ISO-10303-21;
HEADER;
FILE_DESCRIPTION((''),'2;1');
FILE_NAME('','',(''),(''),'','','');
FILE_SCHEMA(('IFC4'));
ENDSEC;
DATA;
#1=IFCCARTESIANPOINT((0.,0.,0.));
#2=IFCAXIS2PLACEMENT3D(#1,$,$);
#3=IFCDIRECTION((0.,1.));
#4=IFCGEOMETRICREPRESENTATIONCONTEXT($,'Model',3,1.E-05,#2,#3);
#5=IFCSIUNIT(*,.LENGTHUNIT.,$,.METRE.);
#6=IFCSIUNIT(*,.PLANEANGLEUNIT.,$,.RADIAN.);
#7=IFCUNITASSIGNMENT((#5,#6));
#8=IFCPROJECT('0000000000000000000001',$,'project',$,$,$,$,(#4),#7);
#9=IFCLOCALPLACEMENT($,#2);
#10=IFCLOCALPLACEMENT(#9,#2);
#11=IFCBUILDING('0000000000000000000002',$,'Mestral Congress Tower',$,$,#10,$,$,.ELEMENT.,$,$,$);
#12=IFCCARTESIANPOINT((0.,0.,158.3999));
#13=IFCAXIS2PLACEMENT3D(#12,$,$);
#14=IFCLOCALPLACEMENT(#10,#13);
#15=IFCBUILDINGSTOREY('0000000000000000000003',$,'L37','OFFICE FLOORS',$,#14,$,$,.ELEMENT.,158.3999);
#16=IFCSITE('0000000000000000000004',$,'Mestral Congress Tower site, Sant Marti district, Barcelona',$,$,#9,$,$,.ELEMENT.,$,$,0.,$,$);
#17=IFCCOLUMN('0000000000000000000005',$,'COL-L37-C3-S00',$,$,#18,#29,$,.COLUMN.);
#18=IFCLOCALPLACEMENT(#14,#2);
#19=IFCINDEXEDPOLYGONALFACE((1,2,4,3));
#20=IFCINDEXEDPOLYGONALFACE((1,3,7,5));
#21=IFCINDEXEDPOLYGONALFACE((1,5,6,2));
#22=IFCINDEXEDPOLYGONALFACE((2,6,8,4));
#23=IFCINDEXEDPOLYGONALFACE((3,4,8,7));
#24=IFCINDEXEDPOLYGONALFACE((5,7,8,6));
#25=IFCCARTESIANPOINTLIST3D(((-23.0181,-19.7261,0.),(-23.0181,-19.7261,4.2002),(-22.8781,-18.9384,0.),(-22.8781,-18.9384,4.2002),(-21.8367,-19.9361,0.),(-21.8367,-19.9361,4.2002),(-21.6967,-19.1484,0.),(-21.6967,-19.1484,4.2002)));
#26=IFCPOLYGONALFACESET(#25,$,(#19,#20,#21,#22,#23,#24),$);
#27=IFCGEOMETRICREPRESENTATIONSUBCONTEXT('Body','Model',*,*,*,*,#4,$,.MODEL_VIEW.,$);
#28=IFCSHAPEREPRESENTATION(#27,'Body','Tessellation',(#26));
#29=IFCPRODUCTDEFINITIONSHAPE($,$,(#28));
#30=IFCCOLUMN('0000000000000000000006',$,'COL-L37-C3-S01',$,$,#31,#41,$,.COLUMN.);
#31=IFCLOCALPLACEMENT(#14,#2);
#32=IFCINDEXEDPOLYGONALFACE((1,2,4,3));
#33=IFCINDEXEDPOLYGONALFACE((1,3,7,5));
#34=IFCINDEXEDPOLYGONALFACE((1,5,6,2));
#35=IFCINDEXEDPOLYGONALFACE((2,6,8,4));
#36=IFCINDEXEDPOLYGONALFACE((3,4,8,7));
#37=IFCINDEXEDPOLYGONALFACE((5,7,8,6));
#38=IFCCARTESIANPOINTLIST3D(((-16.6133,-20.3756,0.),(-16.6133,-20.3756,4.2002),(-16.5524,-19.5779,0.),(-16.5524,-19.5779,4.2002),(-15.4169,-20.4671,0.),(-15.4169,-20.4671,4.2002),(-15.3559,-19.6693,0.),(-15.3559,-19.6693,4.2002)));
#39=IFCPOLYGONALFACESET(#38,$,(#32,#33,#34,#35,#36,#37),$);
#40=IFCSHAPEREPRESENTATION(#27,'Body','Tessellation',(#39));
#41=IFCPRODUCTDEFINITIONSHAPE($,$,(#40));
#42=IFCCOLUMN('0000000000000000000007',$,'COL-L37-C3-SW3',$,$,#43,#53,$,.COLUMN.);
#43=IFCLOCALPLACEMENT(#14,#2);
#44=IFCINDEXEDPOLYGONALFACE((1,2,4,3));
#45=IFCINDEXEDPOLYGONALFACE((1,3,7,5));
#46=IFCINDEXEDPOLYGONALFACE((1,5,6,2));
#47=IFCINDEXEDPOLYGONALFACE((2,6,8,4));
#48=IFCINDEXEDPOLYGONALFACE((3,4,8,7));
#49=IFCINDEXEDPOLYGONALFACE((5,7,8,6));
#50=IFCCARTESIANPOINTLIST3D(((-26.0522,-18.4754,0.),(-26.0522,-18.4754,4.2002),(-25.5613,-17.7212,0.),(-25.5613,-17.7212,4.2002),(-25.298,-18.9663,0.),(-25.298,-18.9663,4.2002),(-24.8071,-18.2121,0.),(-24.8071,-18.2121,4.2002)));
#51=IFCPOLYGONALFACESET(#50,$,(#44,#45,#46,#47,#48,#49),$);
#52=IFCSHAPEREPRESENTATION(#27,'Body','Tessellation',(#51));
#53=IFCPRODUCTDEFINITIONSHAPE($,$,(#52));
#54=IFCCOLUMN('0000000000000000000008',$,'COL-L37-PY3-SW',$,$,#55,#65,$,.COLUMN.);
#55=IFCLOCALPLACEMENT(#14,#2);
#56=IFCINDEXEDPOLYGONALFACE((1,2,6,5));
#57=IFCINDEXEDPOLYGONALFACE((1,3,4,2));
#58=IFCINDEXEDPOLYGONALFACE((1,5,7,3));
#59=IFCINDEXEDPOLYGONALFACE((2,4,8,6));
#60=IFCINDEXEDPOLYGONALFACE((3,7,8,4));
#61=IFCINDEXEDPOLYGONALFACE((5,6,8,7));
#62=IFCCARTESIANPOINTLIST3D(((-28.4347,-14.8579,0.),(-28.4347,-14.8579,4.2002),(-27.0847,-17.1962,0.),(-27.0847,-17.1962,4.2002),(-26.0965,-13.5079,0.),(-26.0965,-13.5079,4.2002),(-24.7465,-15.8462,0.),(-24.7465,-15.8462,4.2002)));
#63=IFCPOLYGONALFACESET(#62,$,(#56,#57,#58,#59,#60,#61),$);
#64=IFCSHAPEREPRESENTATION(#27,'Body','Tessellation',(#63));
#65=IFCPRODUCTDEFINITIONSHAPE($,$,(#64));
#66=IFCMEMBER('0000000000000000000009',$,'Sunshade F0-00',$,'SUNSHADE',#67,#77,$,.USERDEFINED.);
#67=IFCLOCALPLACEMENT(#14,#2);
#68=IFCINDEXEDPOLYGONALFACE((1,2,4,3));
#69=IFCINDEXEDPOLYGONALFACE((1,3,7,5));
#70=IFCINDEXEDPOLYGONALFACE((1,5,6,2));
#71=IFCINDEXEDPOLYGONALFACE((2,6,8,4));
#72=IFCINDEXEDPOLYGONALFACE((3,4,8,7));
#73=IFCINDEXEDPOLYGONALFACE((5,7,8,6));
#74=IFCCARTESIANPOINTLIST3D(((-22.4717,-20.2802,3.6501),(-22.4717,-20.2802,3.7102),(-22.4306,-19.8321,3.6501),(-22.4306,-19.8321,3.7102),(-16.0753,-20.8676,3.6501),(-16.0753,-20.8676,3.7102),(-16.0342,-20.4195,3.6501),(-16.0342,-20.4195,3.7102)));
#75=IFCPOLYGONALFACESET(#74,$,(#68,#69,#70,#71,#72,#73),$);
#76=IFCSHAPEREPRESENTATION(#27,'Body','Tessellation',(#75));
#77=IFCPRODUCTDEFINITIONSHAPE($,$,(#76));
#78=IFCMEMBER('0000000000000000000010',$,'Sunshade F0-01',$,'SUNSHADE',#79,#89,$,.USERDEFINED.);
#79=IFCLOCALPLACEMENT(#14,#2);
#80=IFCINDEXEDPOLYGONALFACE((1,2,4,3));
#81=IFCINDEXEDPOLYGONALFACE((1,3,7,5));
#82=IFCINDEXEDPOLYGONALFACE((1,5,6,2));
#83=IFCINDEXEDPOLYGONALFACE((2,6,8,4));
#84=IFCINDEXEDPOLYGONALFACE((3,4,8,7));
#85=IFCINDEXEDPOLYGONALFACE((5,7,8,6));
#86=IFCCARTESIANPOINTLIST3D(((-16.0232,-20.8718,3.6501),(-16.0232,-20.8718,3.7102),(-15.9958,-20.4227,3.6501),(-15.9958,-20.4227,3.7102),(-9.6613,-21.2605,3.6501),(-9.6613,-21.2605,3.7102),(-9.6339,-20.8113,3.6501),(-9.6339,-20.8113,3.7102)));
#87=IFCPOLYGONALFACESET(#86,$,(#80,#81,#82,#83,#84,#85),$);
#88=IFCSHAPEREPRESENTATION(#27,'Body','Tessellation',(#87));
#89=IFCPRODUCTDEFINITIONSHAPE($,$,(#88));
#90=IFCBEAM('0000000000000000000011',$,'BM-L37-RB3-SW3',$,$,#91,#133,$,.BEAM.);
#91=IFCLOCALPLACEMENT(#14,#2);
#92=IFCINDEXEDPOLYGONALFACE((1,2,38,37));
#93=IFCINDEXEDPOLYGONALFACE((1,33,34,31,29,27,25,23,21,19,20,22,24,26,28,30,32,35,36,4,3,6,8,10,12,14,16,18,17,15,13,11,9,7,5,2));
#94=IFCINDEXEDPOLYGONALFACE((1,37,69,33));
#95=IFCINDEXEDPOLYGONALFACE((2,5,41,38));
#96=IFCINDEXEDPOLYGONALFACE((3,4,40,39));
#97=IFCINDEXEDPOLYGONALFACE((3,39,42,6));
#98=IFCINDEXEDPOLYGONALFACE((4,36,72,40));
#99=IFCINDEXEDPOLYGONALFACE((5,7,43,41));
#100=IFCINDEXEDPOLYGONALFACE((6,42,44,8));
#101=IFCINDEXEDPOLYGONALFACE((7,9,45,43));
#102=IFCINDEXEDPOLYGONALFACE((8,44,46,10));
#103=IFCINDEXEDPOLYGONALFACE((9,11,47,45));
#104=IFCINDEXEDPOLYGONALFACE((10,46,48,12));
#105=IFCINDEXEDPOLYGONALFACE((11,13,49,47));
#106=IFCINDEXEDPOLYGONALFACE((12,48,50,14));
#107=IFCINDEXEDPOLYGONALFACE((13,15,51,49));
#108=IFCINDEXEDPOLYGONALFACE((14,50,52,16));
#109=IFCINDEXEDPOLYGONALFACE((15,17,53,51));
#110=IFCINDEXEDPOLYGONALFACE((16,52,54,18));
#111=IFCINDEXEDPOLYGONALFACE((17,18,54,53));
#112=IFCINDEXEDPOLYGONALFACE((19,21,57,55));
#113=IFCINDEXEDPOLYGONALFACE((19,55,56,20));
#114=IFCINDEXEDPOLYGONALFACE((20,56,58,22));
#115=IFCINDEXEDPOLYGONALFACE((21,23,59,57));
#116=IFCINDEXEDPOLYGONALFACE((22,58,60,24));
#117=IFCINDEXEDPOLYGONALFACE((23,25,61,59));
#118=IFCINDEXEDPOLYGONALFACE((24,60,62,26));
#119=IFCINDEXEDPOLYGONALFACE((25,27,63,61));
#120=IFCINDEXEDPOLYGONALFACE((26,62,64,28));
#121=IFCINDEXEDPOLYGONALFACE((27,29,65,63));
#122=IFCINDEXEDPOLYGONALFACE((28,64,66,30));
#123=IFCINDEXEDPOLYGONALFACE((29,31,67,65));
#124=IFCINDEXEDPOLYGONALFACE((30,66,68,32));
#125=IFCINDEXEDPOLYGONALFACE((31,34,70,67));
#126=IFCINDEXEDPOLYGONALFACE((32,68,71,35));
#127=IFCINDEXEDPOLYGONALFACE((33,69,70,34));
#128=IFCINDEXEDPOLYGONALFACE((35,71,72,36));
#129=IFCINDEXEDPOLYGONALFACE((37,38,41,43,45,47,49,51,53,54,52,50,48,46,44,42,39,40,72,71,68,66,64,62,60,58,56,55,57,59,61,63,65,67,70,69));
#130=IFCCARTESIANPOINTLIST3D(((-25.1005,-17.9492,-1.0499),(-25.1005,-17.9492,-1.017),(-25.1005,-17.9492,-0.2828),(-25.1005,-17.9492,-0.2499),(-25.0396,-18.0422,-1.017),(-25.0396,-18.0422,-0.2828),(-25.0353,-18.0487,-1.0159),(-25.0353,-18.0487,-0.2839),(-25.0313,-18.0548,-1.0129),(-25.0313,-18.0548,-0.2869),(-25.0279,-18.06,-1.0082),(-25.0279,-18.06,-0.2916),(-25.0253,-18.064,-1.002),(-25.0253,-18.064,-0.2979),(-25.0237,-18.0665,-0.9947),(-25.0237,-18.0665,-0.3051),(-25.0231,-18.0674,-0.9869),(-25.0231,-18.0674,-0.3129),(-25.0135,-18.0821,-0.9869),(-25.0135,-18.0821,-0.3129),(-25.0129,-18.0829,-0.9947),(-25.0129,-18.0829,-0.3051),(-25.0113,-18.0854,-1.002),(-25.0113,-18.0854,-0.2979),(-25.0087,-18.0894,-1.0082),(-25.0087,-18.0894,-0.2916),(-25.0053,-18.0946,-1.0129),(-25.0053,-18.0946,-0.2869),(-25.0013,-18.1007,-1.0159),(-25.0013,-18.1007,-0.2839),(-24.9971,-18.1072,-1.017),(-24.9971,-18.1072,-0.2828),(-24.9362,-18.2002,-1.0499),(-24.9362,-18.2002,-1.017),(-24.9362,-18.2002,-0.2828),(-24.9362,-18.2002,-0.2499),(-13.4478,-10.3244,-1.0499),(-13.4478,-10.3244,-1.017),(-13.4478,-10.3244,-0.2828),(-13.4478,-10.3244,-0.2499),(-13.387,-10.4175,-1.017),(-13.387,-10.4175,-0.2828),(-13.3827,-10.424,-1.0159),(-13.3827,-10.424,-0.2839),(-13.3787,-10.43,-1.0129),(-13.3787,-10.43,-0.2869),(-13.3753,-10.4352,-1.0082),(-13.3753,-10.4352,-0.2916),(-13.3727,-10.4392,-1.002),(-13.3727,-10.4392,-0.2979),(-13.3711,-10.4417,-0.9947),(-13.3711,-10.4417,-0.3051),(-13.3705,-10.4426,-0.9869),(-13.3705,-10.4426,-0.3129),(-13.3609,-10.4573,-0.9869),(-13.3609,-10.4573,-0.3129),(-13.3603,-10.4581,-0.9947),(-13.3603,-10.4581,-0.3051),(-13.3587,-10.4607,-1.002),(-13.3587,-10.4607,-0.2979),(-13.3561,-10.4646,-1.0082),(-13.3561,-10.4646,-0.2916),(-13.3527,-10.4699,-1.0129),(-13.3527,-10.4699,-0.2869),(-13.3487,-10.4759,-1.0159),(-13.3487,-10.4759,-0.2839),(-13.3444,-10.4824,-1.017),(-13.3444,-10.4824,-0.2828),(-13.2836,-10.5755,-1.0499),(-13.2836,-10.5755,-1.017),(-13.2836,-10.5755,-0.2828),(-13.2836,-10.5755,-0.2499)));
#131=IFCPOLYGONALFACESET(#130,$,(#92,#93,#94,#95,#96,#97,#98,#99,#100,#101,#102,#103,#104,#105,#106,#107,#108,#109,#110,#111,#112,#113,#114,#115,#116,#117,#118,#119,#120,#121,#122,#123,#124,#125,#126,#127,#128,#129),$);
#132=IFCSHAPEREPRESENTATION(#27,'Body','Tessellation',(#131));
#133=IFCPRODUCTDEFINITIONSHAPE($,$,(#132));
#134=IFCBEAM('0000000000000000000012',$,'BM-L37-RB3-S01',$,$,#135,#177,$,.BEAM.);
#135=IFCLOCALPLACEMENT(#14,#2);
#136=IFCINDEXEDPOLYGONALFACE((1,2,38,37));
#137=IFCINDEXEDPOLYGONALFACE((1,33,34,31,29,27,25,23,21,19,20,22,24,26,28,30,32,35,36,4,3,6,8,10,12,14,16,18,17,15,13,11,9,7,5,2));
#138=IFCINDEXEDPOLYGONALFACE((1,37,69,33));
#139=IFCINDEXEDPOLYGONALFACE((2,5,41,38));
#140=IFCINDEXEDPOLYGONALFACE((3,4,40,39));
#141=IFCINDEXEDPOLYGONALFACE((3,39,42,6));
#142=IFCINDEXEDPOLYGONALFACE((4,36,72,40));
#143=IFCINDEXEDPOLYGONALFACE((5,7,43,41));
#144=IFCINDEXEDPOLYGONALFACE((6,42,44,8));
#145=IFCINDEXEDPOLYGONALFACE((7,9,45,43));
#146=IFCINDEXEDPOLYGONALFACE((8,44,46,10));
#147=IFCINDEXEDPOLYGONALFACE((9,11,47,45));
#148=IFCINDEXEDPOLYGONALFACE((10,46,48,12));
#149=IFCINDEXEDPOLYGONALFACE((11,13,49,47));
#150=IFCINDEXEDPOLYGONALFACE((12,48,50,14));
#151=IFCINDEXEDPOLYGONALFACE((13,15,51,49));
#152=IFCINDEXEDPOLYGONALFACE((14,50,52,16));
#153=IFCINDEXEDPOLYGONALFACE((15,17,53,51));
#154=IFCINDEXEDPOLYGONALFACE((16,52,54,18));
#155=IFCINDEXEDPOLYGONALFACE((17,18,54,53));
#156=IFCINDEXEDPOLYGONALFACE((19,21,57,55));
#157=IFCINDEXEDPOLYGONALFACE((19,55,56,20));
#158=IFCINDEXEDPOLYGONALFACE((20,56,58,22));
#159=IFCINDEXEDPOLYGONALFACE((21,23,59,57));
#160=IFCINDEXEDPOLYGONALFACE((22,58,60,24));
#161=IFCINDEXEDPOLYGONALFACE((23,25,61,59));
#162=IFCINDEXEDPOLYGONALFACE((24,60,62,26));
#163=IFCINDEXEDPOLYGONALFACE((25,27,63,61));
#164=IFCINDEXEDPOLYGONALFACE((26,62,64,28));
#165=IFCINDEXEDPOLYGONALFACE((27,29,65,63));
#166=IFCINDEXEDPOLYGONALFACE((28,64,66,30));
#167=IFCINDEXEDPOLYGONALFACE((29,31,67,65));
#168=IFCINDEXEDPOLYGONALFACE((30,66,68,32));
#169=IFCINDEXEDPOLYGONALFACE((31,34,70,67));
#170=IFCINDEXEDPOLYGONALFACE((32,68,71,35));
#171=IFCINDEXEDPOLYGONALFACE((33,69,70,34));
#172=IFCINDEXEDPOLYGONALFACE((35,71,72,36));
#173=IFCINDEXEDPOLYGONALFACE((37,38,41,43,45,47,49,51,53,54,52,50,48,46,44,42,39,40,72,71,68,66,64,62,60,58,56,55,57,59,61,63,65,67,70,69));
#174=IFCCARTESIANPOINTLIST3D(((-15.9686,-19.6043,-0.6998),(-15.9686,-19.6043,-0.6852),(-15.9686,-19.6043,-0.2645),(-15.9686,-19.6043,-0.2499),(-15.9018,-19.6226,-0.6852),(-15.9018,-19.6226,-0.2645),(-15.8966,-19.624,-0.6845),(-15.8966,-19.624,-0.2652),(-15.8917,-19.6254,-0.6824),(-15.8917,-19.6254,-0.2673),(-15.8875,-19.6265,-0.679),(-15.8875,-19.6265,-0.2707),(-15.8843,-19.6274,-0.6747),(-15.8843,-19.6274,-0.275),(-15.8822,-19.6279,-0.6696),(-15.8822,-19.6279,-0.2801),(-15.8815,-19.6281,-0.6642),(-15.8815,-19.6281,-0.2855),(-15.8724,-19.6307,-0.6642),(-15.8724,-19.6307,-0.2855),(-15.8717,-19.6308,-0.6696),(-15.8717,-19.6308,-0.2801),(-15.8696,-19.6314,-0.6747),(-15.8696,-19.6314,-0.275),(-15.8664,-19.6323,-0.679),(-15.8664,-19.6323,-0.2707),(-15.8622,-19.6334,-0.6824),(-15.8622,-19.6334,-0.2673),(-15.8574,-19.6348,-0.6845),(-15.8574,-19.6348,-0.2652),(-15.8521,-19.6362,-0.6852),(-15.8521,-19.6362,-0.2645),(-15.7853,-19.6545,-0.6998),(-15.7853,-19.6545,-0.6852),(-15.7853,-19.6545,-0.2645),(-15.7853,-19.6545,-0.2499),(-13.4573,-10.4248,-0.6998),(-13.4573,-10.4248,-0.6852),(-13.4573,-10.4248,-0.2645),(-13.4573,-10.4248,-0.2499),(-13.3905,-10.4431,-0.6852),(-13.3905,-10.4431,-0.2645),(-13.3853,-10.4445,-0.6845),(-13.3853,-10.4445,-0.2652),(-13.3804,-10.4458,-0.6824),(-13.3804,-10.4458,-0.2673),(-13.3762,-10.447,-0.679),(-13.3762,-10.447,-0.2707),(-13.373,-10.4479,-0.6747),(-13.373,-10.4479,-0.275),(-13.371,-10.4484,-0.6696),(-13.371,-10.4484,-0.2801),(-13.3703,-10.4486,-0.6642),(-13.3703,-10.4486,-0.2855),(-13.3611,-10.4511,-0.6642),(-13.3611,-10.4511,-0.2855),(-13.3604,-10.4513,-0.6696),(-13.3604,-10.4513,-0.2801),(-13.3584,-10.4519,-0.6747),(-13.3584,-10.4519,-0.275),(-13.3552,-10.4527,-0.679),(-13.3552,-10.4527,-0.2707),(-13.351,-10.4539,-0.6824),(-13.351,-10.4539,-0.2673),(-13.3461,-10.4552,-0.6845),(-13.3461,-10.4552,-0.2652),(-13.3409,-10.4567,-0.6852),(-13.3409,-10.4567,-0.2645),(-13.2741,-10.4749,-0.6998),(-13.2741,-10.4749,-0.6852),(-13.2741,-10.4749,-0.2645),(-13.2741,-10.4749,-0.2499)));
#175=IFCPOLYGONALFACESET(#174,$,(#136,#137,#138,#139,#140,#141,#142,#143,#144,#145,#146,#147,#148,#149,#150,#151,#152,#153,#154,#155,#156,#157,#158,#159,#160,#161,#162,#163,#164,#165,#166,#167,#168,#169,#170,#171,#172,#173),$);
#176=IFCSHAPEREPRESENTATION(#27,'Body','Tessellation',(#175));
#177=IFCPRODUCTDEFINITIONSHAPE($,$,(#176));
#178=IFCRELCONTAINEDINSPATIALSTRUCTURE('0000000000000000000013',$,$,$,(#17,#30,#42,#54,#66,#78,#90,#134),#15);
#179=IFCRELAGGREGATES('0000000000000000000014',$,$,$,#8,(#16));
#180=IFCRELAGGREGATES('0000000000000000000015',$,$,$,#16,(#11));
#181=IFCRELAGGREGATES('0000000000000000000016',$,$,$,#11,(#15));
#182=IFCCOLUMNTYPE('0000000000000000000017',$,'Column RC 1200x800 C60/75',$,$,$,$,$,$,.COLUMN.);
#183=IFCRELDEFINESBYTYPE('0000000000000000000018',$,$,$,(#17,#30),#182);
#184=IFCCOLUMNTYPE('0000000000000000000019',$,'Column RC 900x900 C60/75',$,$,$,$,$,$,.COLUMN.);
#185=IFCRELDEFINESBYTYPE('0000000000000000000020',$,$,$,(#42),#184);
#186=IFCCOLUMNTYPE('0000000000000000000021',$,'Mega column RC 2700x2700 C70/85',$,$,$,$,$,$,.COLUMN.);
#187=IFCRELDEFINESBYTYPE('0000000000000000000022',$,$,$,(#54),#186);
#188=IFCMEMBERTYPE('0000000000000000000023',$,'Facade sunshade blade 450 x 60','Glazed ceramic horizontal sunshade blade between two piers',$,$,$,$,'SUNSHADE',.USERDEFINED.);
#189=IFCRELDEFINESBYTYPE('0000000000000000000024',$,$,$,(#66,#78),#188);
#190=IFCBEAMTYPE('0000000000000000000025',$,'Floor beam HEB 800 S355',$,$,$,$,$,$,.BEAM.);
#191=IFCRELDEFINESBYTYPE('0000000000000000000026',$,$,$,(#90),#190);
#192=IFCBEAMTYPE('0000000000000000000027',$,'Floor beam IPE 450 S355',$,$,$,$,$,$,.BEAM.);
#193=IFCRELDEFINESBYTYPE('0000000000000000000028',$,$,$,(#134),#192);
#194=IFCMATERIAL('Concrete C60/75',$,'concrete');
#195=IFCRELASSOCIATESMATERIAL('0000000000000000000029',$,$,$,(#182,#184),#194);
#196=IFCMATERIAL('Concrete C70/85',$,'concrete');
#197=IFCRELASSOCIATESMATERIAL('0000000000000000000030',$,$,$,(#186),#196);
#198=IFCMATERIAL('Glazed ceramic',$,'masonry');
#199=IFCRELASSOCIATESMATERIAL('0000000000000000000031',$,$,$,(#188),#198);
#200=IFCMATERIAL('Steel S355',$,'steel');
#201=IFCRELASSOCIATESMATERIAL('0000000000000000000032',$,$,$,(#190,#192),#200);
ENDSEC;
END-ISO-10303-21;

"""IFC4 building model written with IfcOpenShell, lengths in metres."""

from ifc_helpers import new_model, si_unit, direction, frame, origin, origin_2d, place, context, subcontext, project, spatial, rectangle, i_section, extrude, material, material_profile, profile_set, type_object, element, save


model = new_model("IFC4")

# Units and contexts
model_context = context("Model", 3, precision=1e-05, world=origin(), true_north=direction((0.0, 1.0)))
body_context = subcontext(model_context, "Body", "Model", "MODEL_VIEW")
ifc_project = project(units=[si_unit("LENGTHUNIT", "METRE"), si_unit("PLANEANGLEUNIT", "RADIAN")], contexts=[model_context])

# Site, building, storey
site_placement = place(None, origin())
site = spatial("IfcSite", under=ifc_project, at=site_placement, Name="Mestral Congress Tower site, Sant Marti district, Barcelona", CompositionType="ELEMENT", RefElevation=0.0)
building_placement = place(site_placement, origin())
building = spatial("IfcBuilding", under=site, at=building_placement, Name="Mestral Congress Tower", CompositionType="ELEMENT")
storey_placement = place(building_placement, frame((0.0, 0.0, 158.3999)))
storey = spatial("IfcBuildingStorey", under=building, at=storey_placement, Name="L37", Description="OFFICE FLOORS", CompositionType="ELEMENT", Elevation=158.3999)

# Columns
ifc_material_1 = material(Name="Concrete C60/75", Category="concrete")
ifc_material_profile_1 = material_profile(ifc_material_1, rectangle(XDim=1.2, YDim=0.8, at=origin_2d()), Name="RC 1200x800")
ifc_profile_set_1 = profile_set([ifc_material_profile_1], Name="Concrete C60/75")
column_type_1 = type_object("IfcColumnType", Name="Column RC 1200x800 C60/75", PredefinedType="COLUMN", material=ifc_profile_set_1)
for number, where, z_axis, x_axis, name in (
    (1, (-22.3574, -19.4373, 0.0), (0.0, 0.0, 1.0), (0.984571, -0.174985, 0.0), "COL-L37-C3-S00"),
    (2, (-15.9846, -20.0225, 0.0), (0.0, 0.0, 1.0), (0.99709, -0.076237, 0.0), "COL-L37-C3-S01"),
):
    element("IfcColumn", number, at=place(storey_placement, frame(where, z_axis=z_axis, x_axis=x_axis)), inside=storey, type_object=column_type_1, Name=name, PredefinedType="COLUMN", context=body_context, shape_type="SweptSolid", body=[
        extrude(rectangle(XDim=1.2, YDim=0.8, at=origin_2d()), origin(), (0.0, 0.0, 1.0), 4.2002),
    ])
ifc_material_profile_2 = material_profile(ifc_material_1, rectangle(XDim=0.8999, YDim=0.8999, at=origin_2d()), Name="RC 900x900")
ifc_profile_set_2 = profile_set([ifc_material_profile_2], Name="Concrete C60/75")
column_type_2 = type_object("IfcColumnType", Name="Column RC 900x900 C60/75", PredefinedType="COLUMN", material=ifc_profile_set_2)
column_1_placement = place(storey_placement, frame((-25.4297, -18.3438, 0.0), z_axis=(0.0, 0.0, 1.0), x_axis=(0.838094, -0.545526, 0.0)))
element("IfcColumn", 3, at=column_1_placement, inside=storey, type_object=column_type_2, Name="COL-L37-C3-SW3", PredefinedType="COLUMN", context=body_context, shape_type="SweptSolid", body=[
    extrude(rectangle(XDim=0.8999, YDim=0.8999, at=origin_2d()), origin(), (0.0, 0.0, 1.0), 4.2002),
])
ifc_material_2 = material(Name="Concrete C70/85", Category="concrete")
ifc_material_profile_3 = material_profile(ifc_material_2, rectangle(XDim=2.7, YDim=2.7, at=origin_2d()), Name="RC 2700x2700")
ifc_profile_set_3 = profile_set([ifc_material_profile_3], Name="Concrete C70/85")
column_type_3 = type_object("IfcColumnType", Name="Mega column RC 2700x2700 C70/85", PredefinedType="COLUMN", material=ifc_profile_set_3)
column_2_placement = place(storey_placement, frame((-26.5906, -15.3521, 0.0), z_axis=(0.0, 0.0, 1.0), x_axis=(-0.866025, -0.5, 0.0)))
element("IfcColumn", 4, at=column_2_placement, inside=storey, type_object=column_type_3, Name="COL-L37-PY3-SW", PredefinedType="COLUMN", context=body_context, shape_type="SweptSolid", body=[
    extrude(rectangle(XDim=2.7, YDim=2.7, at=origin_2d()), origin(), (0.0, 0.0, 1.0), 4.2002),
])

# Members
ifc_material_3 = material(Name="Glazed ceramic", Category="masonry")
ifc_material_profile_4 = material_profile(ifc_material_3, rectangle(XDim=0.45, YDim=0.0601, at=origin_2d()), Name="Ceramic blade 450 x 60")
ifc_profile_set_4 = profile_set([ifc_material_profile_4], Name="Glazed ceramic")
member_type = type_object("IfcMemberType", Name="Facade sunshade blade 450 x 60", Description="Glazed ceramic horizontal sunshade blade between two piers", ElementType="SUNSHADE", PredefinedType="USERDEFINED", material=ifc_profile_set_4)
member_1_placement = place(storey_placement, frame((-22.4512, -20.0562, 3.6802), z_axis=(0.99581, -0.091447, 0.0), x_axis=(0.091447, 0.99581, 0.0)))
element("IfcMember", 5, at=member_1_placement, inside=storey, type_object=member_type, Name="Sunshade F0-00", ObjectType="SUNSHADE", PredefinedType="USERDEFINED", context=body_context, shape_type="SweptSolid", body=[
    extrude(rectangle(XDim=0.45, YDim=0.0601, at=origin_2d()), origin(), (0.0, 0.0, 1.0), 6.4233),
])
member_2_placement = place(storey_placement, frame((-16.0095, -20.6472, 3.6802), z_axis=(0.998139, -0.060981, 0.0), x_axis=(0.060981, 0.998139, 0.0)))
element("IfcMember", 6, at=member_2_placement, inside=storey, type_object=member_type, Name="Sunshade F0-01", ObjectType="SUNSHADE", PredefinedType="USERDEFINED", context=body_context, shape_type="SweptSolid", body=[
    extrude(rectangle(XDim=0.45, YDim=0.0601, at=origin_2d()), origin(), (0.0, 0.0, 1.0), 6.3738),
])

# Beams
ifc_material_4 = material(Name="Steel S355", Category="steel")
ifc_material_profile_5 = material_profile(ifc_material_4, i_section(OverallWidth=0.3, OverallDepth=0.8, WebThickness=0.0176, FlangeThickness=0.033, FilletRadius=0.03, at=origin_2d()), Name="HEB 800")
ifc_profile_set_5 = profile_set([ifc_material_profile_5], Name="Steel S355")
beam_type_1 = type_object("IfcBeamType", Name="Floor beam HEB 800 S355", PredefinedType="BEAM", material=ifc_profile_set_5)
beam_1_placement = place(storey_placement, frame((-25.0183, -18.0747, -0.6499), z_axis=(0.83678, 0.547539, 0.0), x_axis=(-0.547539, 0.83678, 0.0)))
element("IfcBeam", 7, at=beam_1_placement, inside=storey, type_object=beam_type_1, Name="BM-L37-RB3-SW3", PredefinedType="BEAM", context=body_context, shape_type="SweptSolid", body=[
    extrude(i_section(OverallWidth=0.3, OverallDepth=0.8, WebThickness=0.0176, FlangeThickness=0.033, FilletRadius=0.03, at=origin_2d()), origin(), (0.0, 0.0, 1.0), 13.9255),
])
ifc_material_profile_6 = material_profile(ifc_material_4, i_section(OverallWidth=0.1899, OverallDepth=0.45, WebThickness=0.0095, FlangeThickness=0.0146, FilletRadius=0.021, at=origin_2d()), Name="IPE 450")
ifc_profile_set_6 = profile_set([ifc_material_profile_6], Name="Steel S355")
beam_type_2 = type_object("IfcBeamType", Name="Floor beam IPE 450 S355", PredefinedType="BEAM", material=ifc_profile_set_6)
beam_2_placement = place(storey_placement, frame((-15.877, -19.6294, -0.4749), z_axis=(0.263875, 0.964557, 0.0), x_axis=(-0.964557, 0.263875, 0.0)))
element("IfcBeam", 8, at=beam_2_placement, inside=storey, type_object=beam_type_2, Name="BM-L37-RB3-S01", PredefinedType="BEAM", context=body_context, shape_type="SweptSolid", body=[
    extrude(i_section(OverallWidth=0.1899, OverallDepth=0.45, WebThickness=0.0095, FlangeThickness=0.0146, FilletRadius=0.021, at=origin_2d()), origin(), (0.0, 0.0, 1.0), 9.5168),
])

save(model, "model.ifc")
